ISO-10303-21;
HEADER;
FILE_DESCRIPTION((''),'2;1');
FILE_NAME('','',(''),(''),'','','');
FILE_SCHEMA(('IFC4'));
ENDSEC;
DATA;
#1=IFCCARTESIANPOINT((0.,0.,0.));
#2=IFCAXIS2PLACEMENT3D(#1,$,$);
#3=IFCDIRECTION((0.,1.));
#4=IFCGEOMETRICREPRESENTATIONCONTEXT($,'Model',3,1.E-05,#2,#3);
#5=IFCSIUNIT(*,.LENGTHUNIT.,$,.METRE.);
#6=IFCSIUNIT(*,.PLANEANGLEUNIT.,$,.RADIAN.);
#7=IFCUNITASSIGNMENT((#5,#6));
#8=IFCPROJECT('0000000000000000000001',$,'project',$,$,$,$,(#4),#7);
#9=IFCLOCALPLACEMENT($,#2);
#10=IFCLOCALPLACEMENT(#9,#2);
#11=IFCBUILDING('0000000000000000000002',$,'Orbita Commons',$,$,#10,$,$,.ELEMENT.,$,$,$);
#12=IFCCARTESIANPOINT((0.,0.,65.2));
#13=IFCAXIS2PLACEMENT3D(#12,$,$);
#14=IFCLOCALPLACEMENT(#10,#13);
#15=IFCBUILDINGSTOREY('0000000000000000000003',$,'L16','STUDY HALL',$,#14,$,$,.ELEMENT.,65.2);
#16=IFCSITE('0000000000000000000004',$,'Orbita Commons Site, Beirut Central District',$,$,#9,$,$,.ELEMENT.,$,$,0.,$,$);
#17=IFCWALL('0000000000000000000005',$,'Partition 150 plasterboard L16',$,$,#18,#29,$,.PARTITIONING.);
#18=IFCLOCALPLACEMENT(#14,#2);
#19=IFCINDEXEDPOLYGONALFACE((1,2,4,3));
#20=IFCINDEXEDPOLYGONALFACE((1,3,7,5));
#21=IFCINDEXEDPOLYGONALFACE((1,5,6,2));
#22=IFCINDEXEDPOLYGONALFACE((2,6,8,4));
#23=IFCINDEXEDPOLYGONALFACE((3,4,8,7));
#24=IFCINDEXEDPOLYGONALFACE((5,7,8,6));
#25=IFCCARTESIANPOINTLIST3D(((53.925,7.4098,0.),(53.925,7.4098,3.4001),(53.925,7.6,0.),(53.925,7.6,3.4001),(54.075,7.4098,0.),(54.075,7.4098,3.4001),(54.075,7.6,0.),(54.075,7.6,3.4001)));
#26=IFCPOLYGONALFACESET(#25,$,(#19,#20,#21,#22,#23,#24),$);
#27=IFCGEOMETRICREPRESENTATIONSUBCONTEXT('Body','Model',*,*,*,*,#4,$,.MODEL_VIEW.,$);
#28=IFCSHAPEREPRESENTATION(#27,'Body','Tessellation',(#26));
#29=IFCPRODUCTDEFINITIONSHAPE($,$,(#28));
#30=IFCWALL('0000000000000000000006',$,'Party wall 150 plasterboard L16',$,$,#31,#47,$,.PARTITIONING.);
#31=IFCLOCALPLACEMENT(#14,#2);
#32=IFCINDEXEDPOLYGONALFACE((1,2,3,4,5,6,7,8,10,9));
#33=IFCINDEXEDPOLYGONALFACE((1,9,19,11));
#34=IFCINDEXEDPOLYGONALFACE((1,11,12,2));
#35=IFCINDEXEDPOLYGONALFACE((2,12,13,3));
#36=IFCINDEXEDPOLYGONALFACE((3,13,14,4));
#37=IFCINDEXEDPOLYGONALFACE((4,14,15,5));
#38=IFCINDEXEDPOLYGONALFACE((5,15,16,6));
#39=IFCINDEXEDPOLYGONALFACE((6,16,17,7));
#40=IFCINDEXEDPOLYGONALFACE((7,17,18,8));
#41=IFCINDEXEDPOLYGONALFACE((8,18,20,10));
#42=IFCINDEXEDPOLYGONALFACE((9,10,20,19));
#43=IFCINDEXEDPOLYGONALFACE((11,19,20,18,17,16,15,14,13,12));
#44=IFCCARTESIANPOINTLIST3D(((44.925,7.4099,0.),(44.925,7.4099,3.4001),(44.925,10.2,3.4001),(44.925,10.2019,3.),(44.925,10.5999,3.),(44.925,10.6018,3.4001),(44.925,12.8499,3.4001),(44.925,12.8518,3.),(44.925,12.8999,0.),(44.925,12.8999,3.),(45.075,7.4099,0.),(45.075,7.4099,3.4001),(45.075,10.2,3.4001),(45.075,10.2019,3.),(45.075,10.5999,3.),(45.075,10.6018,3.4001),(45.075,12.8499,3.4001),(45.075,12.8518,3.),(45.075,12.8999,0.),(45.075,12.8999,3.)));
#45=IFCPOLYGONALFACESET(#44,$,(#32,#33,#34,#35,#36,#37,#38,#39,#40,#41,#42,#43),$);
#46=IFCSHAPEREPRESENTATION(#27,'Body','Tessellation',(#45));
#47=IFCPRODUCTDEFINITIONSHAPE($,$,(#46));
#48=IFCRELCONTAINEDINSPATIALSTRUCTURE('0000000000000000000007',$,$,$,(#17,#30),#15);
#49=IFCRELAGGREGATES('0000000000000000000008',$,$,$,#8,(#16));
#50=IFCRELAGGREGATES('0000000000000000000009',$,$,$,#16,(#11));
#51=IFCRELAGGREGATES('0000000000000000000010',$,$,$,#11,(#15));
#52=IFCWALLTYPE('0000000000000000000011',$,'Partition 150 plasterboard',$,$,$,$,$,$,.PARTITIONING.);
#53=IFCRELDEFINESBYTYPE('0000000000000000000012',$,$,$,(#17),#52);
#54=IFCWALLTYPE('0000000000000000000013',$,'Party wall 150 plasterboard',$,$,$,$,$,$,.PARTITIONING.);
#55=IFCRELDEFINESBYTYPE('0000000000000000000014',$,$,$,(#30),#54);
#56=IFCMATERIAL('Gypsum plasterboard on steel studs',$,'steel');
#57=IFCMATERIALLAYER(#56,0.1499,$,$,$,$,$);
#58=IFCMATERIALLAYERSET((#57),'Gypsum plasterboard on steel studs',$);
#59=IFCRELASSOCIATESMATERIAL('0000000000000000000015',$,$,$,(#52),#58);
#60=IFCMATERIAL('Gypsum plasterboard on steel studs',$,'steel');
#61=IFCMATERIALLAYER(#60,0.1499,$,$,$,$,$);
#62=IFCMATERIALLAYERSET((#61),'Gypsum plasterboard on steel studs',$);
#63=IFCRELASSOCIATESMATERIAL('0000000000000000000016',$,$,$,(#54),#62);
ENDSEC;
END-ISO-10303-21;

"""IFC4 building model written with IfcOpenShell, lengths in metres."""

from ifc_helpers import new_model, si_unit, direction, frame, frame_2d, origin, place, context, subcontext, project, spatial, polyline, rectangle, outline, extrude, material, layer, layer_set, type_object, element, save


model = new_model("IFC4")

# Units and contexts
model_context = context("Model", 3, precision=1e-05, world=origin(), true_north=direction((0.0, 1.0)))
body_context = subcontext(model_context, "Body", "Model", "MODEL_VIEW")
ifc_project = project(units=[si_unit("LENGTHUNIT", "METRE"), si_unit("PLANEANGLEUNIT", "RADIAN")], contexts=[model_context])

# Site, building, storey
site_placement = place(None, origin())
site = spatial("IfcSite", under=ifc_project, at=site_placement, Name="Orbita Commons Site, Beirut Central District", CompositionType="ELEMENT", RefElevation=0.0)
building_placement = place(site_placement, origin())
building = spatial("IfcBuilding", under=site, at=building_placement, Name="Orbita Commons", CompositionType="ELEMENT")
storey_placement = place(building_placement, frame((0.0, 0.0, 65.2)))
storey = spatial("IfcBuildingStorey", under=building, at=storey_placement, Name="L16", Description="STUDY HALL", CompositionType="ELEMENT", Elevation=65.2)

# Walls
ifc_material_1 = material(Name="Gypsum plasterboard on steel studs", Category="steel")
ifc_layer_1 = layer(ifc_material_1, 0.1499)
ifc_layer_set_1 = layer_set([ifc_layer_1], Name="Gypsum plasterboard on steel studs")
wall_type_1 = type_object("IfcWallType", Name="Partition 150 plasterboard", PredefinedType="PARTITIONING", material=ifc_layer_set_1)
for number, where, z_axis, x_axis, name in (
    (1, (54.0, 7.6001, 0.0), (0.0, 0.0, 1.0), (0.0, -1.0, 0.0), "Partition 150 plasterboard L16"),
):
    element("IfcWall", number, at=place(storey_placement, frame(where, z_axis=z_axis, x_axis=x_axis)), inside=storey, type_object=wall_type_1, Name=name, PredefinedType="PARTITIONING", context=body_context, shape_type="SweptSolid", body=[
        extrude(rectangle(XDim=0.1902, YDim=0.1499, at=frame_2d((0.0952, 0.0))), origin(), (0.0, 0.0, 1.0), 3.4001),
    ])
ifc_material_2 = material(Name="Gypsum plasterboard on steel studs", Category="steel")
ifc_layer_2 = layer(ifc_material_2, 0.1499)
ifc_layer_set_2 = layer_set([ifc_layer_2], Name="Gypsum plasterboard on steel studs")
wall_type_2 = type_object("IfcWallType", Name="Party wall 150 plasterboard", PredefinedType="PARTITIONING", material=ifc_layer_set_2)
wall_1_placement = place(storey_placement, frame((45.0, 7.4099, 0.0), z_axis=(0.0, 0.0, 1.0), x_axis=(0.0, 1.0, 0.0)))
element("IfcWall", 2, at=wall_1_placement, inside=storey, type_object=wall_type_2, Name="Party wall 150 plasterboard L16", PredefinedType="PARTITIONING", context=body_context, shape_type="SweptSolid", body=[
    extrude(outline(polyline([(0.0, 0.0), (5.49, 0.0), (5.49, 3.0), (5.4419, 3.0), (5.4399, 3.4001), (3.1919, 3.4001), (3.1899, 3.0), (2.792, 3.0), (2.79, 3.4001), (0.0, 3.4001), (0.0, 0.0)])), frame((0.0, 0.075, 0.0), z_axis=(0.0, -1.0, 0.0), x_axis=(1.0, 0.0, 0.0)), (0.0, 0.0, 1.0), 0.1499),
])

save(model, "model.ifc")
